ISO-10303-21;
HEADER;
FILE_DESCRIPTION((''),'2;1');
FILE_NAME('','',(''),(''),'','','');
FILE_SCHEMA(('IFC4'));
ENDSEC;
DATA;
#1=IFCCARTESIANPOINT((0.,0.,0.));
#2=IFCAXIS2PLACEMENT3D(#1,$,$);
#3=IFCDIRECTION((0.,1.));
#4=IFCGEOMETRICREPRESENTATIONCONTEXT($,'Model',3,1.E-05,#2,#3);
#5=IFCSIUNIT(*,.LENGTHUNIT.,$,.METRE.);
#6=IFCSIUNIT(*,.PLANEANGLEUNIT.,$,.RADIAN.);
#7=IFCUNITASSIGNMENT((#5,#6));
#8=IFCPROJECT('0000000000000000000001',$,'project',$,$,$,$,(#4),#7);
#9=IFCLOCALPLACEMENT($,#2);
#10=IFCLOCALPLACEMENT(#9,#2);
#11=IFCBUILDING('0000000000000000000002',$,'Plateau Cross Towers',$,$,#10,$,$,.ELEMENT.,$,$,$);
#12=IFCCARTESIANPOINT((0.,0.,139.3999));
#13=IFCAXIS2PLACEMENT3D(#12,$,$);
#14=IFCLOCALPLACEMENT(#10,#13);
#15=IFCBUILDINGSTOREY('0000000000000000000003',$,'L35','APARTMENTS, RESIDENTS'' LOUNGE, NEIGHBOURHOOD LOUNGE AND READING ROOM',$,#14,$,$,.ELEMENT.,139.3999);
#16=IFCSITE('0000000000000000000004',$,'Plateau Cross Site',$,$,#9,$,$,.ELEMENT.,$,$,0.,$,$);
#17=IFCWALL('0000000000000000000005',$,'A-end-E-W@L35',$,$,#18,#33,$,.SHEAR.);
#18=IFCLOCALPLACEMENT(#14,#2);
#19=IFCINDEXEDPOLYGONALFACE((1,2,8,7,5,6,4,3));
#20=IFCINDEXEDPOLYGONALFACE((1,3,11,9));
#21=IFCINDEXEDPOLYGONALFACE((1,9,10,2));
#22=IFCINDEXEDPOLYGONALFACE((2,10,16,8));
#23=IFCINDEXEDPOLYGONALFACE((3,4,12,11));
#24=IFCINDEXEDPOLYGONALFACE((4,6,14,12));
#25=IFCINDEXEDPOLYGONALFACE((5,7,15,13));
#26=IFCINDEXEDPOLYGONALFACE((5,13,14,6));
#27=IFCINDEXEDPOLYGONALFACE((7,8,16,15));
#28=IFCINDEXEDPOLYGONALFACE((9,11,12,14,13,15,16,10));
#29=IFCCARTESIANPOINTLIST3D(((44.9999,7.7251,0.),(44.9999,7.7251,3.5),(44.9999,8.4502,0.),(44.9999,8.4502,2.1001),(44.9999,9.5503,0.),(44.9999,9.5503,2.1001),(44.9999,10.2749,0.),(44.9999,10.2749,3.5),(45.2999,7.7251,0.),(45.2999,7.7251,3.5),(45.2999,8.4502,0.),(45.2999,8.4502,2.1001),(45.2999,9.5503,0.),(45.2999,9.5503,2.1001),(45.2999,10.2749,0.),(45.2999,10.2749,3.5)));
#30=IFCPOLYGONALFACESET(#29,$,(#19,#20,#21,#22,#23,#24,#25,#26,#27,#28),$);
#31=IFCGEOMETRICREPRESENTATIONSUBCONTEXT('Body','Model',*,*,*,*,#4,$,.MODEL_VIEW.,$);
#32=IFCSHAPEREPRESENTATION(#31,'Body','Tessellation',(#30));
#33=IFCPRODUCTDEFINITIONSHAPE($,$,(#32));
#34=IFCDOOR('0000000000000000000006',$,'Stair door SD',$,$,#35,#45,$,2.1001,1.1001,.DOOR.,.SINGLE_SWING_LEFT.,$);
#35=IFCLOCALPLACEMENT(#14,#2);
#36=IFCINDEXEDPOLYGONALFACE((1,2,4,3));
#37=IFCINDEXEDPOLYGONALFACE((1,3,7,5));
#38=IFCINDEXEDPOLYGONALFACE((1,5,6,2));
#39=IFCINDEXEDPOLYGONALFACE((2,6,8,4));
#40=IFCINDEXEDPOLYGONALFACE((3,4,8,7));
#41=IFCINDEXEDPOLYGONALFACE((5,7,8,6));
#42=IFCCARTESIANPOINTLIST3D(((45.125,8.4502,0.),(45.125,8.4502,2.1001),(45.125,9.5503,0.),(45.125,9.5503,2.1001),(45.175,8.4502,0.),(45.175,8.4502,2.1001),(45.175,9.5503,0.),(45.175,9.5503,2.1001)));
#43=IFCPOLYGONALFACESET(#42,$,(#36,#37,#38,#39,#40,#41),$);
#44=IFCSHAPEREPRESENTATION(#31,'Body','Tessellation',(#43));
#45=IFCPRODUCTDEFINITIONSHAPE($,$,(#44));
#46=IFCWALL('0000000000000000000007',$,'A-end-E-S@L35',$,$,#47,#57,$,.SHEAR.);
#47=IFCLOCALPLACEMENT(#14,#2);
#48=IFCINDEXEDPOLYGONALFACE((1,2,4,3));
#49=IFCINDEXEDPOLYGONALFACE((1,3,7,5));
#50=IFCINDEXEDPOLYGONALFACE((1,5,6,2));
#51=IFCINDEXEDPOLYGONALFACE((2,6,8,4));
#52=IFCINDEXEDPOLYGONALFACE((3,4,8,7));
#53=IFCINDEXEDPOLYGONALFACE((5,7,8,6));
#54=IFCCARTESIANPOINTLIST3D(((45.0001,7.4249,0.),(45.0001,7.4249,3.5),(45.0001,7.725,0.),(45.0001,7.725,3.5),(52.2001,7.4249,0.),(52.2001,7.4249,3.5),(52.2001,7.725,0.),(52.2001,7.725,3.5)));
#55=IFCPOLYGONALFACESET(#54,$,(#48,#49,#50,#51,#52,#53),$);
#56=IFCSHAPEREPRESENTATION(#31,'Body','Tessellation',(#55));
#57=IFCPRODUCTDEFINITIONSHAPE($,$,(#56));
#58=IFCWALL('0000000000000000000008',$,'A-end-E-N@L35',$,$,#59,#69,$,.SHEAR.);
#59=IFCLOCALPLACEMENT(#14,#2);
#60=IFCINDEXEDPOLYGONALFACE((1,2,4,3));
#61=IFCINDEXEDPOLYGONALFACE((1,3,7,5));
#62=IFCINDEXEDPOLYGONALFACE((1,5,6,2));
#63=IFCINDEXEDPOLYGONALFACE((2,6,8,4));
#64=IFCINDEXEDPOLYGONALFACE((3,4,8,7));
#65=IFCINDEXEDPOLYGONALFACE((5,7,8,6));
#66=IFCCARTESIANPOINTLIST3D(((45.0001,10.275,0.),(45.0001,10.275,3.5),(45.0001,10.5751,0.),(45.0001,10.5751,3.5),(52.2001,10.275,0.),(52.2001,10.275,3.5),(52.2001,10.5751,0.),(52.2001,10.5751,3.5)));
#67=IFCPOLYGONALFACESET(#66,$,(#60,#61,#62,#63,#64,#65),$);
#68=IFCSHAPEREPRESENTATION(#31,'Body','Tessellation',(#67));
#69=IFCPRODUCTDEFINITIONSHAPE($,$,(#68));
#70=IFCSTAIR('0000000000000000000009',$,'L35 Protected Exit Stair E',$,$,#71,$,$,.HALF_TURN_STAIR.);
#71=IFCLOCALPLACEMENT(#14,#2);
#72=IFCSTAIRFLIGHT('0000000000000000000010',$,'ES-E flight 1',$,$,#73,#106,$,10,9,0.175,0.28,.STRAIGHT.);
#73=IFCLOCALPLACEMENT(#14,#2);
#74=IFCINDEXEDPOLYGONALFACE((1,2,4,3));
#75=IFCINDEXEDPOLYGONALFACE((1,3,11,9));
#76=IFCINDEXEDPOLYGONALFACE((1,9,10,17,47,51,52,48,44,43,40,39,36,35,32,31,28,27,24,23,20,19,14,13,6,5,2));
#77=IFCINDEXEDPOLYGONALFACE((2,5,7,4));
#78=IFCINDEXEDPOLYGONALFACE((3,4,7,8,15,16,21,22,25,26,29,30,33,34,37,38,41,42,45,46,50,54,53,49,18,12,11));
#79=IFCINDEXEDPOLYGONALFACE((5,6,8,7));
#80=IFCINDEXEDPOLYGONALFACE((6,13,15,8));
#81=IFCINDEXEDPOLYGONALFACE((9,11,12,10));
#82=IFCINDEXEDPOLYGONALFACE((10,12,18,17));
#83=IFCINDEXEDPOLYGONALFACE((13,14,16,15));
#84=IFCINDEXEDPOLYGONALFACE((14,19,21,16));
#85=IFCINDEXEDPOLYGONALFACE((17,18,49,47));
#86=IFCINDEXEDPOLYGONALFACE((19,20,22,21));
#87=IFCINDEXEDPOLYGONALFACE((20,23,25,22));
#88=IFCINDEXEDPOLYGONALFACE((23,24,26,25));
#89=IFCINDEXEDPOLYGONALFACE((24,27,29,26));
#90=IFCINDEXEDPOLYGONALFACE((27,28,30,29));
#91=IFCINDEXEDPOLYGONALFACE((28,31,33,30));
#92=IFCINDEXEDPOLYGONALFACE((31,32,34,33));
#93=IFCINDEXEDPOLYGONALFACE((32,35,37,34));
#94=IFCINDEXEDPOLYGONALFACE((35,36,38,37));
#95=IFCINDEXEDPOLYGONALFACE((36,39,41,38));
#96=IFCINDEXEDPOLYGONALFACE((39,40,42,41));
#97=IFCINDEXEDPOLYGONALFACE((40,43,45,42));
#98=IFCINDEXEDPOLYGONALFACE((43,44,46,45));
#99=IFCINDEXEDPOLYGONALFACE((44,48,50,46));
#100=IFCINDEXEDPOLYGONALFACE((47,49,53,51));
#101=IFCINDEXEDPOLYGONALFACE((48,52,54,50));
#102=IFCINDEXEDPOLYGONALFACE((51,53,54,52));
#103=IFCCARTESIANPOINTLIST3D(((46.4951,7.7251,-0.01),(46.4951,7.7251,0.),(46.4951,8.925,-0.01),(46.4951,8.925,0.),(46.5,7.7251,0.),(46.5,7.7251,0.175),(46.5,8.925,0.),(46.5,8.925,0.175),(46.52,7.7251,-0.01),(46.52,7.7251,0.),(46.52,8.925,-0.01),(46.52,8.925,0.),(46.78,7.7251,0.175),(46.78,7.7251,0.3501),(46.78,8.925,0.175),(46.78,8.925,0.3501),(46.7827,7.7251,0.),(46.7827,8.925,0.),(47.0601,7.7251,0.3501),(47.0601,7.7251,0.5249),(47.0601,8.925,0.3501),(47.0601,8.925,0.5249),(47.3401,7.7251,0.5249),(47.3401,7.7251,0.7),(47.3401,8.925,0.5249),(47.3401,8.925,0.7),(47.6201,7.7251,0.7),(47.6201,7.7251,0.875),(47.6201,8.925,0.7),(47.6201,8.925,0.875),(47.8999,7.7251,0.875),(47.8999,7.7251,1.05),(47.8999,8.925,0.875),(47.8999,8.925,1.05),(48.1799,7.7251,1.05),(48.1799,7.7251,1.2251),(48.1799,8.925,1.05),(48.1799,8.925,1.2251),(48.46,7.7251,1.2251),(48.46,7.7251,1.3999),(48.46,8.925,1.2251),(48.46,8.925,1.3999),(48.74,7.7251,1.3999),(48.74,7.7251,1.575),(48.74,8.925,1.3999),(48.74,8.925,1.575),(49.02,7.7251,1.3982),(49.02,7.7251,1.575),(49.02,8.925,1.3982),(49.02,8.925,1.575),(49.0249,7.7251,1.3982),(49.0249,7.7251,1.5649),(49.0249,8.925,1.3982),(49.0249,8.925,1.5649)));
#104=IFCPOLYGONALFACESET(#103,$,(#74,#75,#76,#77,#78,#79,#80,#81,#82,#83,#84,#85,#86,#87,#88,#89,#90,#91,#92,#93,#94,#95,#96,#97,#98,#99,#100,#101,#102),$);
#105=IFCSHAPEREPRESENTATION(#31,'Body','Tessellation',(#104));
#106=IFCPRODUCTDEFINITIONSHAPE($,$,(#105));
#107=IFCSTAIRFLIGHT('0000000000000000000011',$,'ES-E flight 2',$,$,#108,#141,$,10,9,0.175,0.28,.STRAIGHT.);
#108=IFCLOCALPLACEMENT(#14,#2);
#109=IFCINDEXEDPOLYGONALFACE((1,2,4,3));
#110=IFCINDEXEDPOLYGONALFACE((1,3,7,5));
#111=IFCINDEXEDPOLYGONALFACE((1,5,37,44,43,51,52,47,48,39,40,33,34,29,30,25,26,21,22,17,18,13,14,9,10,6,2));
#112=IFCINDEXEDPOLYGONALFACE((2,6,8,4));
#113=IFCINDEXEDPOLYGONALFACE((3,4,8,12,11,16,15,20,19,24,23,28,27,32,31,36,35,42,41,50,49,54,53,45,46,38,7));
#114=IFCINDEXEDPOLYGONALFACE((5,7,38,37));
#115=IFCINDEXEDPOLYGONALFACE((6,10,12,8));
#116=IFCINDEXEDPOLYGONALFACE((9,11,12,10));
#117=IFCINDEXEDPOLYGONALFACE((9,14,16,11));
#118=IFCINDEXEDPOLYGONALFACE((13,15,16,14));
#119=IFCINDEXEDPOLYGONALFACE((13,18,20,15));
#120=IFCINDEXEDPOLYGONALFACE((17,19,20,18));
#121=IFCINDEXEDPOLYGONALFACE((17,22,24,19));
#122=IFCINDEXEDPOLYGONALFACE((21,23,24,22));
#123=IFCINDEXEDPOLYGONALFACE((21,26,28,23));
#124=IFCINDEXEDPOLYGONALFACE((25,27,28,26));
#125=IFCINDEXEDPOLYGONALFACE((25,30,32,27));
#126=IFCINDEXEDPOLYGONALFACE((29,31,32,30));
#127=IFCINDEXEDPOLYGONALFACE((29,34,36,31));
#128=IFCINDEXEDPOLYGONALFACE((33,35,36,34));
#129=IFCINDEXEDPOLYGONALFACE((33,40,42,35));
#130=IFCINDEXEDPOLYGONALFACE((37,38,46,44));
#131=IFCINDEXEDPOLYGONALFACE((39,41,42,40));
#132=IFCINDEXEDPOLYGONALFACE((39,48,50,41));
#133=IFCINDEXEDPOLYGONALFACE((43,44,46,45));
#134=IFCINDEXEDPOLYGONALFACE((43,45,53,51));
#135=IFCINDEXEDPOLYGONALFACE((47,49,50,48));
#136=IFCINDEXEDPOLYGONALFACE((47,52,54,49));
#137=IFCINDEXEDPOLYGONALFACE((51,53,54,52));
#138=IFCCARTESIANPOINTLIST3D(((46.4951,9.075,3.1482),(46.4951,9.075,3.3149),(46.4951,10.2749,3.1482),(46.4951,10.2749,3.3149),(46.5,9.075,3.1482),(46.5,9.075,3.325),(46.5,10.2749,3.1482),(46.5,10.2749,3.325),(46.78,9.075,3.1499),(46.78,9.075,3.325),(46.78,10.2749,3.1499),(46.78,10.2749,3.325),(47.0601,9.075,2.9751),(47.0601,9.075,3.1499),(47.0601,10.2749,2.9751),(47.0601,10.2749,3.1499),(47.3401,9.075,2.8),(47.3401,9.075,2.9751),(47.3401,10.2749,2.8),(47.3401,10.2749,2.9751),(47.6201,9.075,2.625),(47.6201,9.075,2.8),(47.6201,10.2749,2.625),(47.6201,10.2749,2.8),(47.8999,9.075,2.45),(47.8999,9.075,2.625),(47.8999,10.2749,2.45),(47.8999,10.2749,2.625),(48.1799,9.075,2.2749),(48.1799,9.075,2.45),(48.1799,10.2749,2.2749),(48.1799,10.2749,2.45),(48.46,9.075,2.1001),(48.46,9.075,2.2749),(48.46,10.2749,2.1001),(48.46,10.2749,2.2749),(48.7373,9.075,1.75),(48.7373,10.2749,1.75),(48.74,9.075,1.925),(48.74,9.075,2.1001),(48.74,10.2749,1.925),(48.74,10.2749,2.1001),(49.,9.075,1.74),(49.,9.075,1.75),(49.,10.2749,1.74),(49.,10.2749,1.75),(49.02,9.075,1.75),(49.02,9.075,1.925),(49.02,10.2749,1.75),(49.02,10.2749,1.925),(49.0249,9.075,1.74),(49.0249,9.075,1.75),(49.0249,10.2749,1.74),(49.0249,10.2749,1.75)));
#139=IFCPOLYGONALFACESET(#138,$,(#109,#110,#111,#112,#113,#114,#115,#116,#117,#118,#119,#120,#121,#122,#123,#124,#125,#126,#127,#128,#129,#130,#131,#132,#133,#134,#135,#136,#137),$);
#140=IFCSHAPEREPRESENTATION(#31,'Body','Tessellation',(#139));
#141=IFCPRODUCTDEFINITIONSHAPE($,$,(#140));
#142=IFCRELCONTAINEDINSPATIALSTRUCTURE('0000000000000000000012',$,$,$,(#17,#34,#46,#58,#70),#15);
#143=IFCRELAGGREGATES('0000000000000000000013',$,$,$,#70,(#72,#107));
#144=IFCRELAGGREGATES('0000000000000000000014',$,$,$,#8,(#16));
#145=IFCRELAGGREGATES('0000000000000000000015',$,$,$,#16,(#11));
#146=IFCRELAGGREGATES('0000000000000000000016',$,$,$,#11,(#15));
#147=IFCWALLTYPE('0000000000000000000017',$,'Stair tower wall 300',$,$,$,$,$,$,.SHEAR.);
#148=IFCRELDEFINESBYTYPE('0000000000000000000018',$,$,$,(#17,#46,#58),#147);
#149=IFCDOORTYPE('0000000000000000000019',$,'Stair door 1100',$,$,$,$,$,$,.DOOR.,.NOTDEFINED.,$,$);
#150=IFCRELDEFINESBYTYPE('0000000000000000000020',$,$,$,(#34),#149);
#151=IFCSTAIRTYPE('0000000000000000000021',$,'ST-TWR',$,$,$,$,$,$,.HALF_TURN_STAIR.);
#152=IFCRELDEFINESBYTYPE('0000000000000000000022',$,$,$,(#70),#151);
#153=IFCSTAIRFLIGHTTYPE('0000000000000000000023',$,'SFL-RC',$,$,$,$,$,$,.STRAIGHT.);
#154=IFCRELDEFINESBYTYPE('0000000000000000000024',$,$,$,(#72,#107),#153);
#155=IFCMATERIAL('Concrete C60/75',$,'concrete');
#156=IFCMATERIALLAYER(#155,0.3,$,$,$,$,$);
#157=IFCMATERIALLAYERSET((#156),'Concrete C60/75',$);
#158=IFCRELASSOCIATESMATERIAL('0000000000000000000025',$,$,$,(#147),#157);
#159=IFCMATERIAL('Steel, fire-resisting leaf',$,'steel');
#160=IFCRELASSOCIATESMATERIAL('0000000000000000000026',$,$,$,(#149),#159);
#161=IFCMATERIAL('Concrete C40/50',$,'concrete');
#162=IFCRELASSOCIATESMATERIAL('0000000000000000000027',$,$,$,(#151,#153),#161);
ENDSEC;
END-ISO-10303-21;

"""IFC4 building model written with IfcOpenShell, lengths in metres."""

from ifc_helpers import new_model, si_unit, direction, frame, frame_2d, origin, place, context, subcontext, project, spatial, polyline, rectangle, outline, extrude, material, layer, layer_set, type_object, element, fill, aggregate, save


model = new_model("IFC4")

# Units and contexts
model_context = context("Model", 3, precision=1e-05, world=origin(), true_north=direction((0.0, 1.0)))
body_context = subcontext(model_context, "Body", "Model", "MODEL_VIEW")
ifc_project = project(units=[si_unit("LENGTHUNIT", "METRE"), si_unit("PLANEANGLEUNIT", "RADIAN")], contexts=[model_context])

# Site, building, storey
site_placement = place(None, origin())
site = spatial("IfcSite", under=ifc_project, at=site_placement, Name="Plateau Cross Site", CompositionType="ELEMENT", RefElevation=0.0)
building_placement = place(site_placement, origin())
building = spatial("IfcBuilding", under=site, at=building_placement, Name="Plateau Cross Towers", CompositionType="ELEMENT")
storey_placement = place(building_placement, frame((0.0, 0.0, 139.3999)))
storey = spatial("IfcBuildingStorey", under=building, at=storey_placement, Name="L35", Description="APARTMENTS, RESIDENTS' LOUNGE, NEIGHBOURHOOD LOUNGE AND READING ROOM", CompositionType="ELEMENT", Elevation=139.3999)

# Wall, opening, door
ifc_material_1 = material(Name="Concrete C60/75", Category="concrete")
ifc_layer_1 = layer(ifc_material_1, 0.3)
ifc_layer_set_1 = layer_set([ifc_layer_1], Name="Concrete C60/75")
wall_type_1 = type_object("IfcWallType", Name="Stair tower wall 300", PredefinedType="SHEAR", material=ifc_layer_set_1)
wall_1_placement = place(storey_placement, frame((45.1499, 7.7251, 0.0), z_axis=(0.0, 0.0, 1.0), x_axis=(0.0, 1.0, 0.0)))
wall_1 = element("IfcWall", 1, at=wall_1_placement, inside=storey, type_object=wall_type_1, Name="A-end-E-W@L35", PredefinedType="SHEAR", context=body_context, shape_type="SweptSolid", body=[
    extrude(rectangle(XDim=2.5498, YDim=0.3, at=frame_2d((1.2749, 0.0))), origin(), (0.0, 0.0, 1.0), 3.5),
])
opening_placement = place(wall_1_placement, frame((0.7251, 0.0, 0.0)))
opening = element("IfcOpeningElement", 2, at=opening_placement, cuts=wall_1, PredefinedType="OPENING", context=body_context, shape_type="SweptSolid", body=[
    extrude(rectangle(XDim=1.1001, YDim=2.1001, at=frame_2d((0.55, 1.05))), frame((0.0, 0.1599, 0.0), z_axis=(0.0, -1.0, 0.0), x_axis=(1.0, 0.0, 0.0)), (0.0, 0.0, 1.0), 0.3201),
])
ifc_material_2 = material(Name="Steel, fire-resisting leaf", Category="steel")
door_type = type_object("IfcDoorType", Name="Stair door 1100", OperationType="NOTDEFINED", PredefinedType="DOOR", material=ifc_material_2)
door_placement = place(opening_placement, origin())
door = element("IfcDoor", 3, at=door_placement, inside=storey, type_object=door_type, Name="Stair door SD", OperationType="SINGLE_SWING_LEFT", OverallHeight=2.1001, OverallWidth=1.1001, PredefinedType="DOOR", context=body_context, shape_type="SweptSolid", body=[
    extrude(rectangle(XDim=1.1001, YDim=2.1001, at=frame_2d((0.55, 1.05))), frame((0.0, 0.0249, 0.0), z_axis=(0.0, -1.0, 0.0), x_axis=(1.0, 0.0, 0.0)), (0.0, 0.0, 1.0), 0.05),
])
fill(opening, door)

# Walls
for number, where, z_axis, x_axis, name in (
    (4, (45.0, 7.575, 0.0), (0.0, 0.0, 1.0), (1.0, 0.0, 0.0), "A-end-E-S@L35"),
    (5, (45.0, 10.425, 0.0), (0.0, 0.0, 1.0), (1.0, 0.0, 0.0), "A-end-E-N@L35"),
):
    element("IfcWall", number, at=place(storey_placement, frame(where, z_axis=z_axis, x_axis=x_axis)), inside=storey, type_object=wall_type_1, Name=name, PredefinedType="SHEAR", context=body_context, shape_type="SweptSolid", body=[
        extrude(rectangle(XDim=7.2, YDim=0.3, at=frame_2d((3.6001, 0.0))), origin(), (0.0, 0.0, 1.0), 3.5),
    ])

# Stair, stair flights
ifc_material_3 = material(Name="Concrete C40/50", Category="concrete")
stair_type = type_object("IfcStairType", Name="ST-TWR", PredefinedType="HALF_TURN_STAIR", material=ifc_material_3)
stair_placement = place(storey_placement, origin())
stair = element("IfcStair", 6, at=stair_placement, inside=storey, type_object=stair_type, Name="L35 Protected Exit Stair E", PredefinedType="HALF_TURN_STAIR")
stair_flight_type = type_object("IfcStairFlightType", Name="SFL-RC", PredefinedType="STRAIGHT", material=ifc_material_3)
stair_flight_1_placement = place(storey_placement, frame((46.5, 8.325, 0.0), z_axis=(0.0, 0.0, 1.0), x_axis=(1.0, 0.0, 0.0)))
stair_flight_1 = element("IfcStairFlight", 7, at=stair_flight_1_placement, type_object=stair_flight_type, Name="ES-E flight 1", NumberOfRisers=10, NumberOfTreads=9, PredefinedType="STRAIGHT", RiserHeight=0.175, TreadLength=0.28, context=body_context, shape_type="SweptSolid", body=[
    extrude(outline(polyline([(-0.0049, -0.01), (-0.0049, 0.0), (0.0, 0.0), (0.0, 0.175), (0.28, 0.175), (0.28, 0.3501), (0.5601, 0.3501), (0.5601, 0.5249), (0.8401, 0.5249), (0.8401, 0.7), (1.1201, 0.7), (1.1201, 0.875), (1.3999, 0.875), (1.3999, 1.05), (1.6799, 1.05), (1.6799, 1.2251), (1.96, 1.2251), (1.96, 1.3999), (2.24, 1.3999), (2.24, 1.575), (2.52, 1.575), (2.5249, 1.5649), (2.5249, 1.3982), (2.52, 1.3982), (0.2827, 0.0), (0.02, 0.0), (0.02, -0.01), (-0.0049, -0.01)])), frame((0.0, 0.6001, 0.0), z_axis=(0.0, -1.0, 0.0), x_axis=(1.0, 0.0, 0.0)), (0.0, 0.0, 1.0), 1.2),
])
stair_flight_2_placement = place(storey_placement, frame((49.02, 9.675, 1.75), z_axis=(0.0, 0.0, 1.0), x_axis=(-1.0, 0.0, 0.0)))
stair_flight_2 = element("IfcStairFlight", 8, at=stair_flight_2_placement, type_object=stair_flight_type, Name="ES-E flight 2", NumberOfRisers=10, NumberOfTreads=9, PredefinedType="STRAIGHT", RiserHeight=0.175, TreadLength=0.28, context=body_context, shape_type="SweptSolid", body=[
    extrude(outline(polyline([(-0.0049, -0.01), (-0.0049, 0.0), (0.0, 0.0), (0.0, 0.175), (0.28, 0.175), (0.28, 0.3501), (0.5601, 0.3501), (0.5601, 0.5249), (0.8401, 0.5249), (0.8401, 0.7), (1.1201, 0.7), (1.1201, 0.875), (1.3999, 0.875), (1.3999, 1.05), (1.6799, 1.05), (1.6799, 1.2251), (1.96, 1.2251), (1.96, 1.3999), (2.24, 1.3999), (2.24, 1.575), (2.52, 1.575), (2.5249, 1.5649), (2.5249, 1.3982), (2.52, 1.3982), (0.2827, 0.0), (0.02, 0.0), (0.02, -0.01), (-0.0049, -0.01)])), frame((0.0, 0.6001, 0.0), z_axis=(0.0, -1.0, 0.0), x_axis=(1.0, 0.0, 0.0)), (0.0, 0.0, 1.0), 1.2),
])
aggregate(stair, [stair_flight_1, stair_flight_2])

save(model, "model.ifc")
